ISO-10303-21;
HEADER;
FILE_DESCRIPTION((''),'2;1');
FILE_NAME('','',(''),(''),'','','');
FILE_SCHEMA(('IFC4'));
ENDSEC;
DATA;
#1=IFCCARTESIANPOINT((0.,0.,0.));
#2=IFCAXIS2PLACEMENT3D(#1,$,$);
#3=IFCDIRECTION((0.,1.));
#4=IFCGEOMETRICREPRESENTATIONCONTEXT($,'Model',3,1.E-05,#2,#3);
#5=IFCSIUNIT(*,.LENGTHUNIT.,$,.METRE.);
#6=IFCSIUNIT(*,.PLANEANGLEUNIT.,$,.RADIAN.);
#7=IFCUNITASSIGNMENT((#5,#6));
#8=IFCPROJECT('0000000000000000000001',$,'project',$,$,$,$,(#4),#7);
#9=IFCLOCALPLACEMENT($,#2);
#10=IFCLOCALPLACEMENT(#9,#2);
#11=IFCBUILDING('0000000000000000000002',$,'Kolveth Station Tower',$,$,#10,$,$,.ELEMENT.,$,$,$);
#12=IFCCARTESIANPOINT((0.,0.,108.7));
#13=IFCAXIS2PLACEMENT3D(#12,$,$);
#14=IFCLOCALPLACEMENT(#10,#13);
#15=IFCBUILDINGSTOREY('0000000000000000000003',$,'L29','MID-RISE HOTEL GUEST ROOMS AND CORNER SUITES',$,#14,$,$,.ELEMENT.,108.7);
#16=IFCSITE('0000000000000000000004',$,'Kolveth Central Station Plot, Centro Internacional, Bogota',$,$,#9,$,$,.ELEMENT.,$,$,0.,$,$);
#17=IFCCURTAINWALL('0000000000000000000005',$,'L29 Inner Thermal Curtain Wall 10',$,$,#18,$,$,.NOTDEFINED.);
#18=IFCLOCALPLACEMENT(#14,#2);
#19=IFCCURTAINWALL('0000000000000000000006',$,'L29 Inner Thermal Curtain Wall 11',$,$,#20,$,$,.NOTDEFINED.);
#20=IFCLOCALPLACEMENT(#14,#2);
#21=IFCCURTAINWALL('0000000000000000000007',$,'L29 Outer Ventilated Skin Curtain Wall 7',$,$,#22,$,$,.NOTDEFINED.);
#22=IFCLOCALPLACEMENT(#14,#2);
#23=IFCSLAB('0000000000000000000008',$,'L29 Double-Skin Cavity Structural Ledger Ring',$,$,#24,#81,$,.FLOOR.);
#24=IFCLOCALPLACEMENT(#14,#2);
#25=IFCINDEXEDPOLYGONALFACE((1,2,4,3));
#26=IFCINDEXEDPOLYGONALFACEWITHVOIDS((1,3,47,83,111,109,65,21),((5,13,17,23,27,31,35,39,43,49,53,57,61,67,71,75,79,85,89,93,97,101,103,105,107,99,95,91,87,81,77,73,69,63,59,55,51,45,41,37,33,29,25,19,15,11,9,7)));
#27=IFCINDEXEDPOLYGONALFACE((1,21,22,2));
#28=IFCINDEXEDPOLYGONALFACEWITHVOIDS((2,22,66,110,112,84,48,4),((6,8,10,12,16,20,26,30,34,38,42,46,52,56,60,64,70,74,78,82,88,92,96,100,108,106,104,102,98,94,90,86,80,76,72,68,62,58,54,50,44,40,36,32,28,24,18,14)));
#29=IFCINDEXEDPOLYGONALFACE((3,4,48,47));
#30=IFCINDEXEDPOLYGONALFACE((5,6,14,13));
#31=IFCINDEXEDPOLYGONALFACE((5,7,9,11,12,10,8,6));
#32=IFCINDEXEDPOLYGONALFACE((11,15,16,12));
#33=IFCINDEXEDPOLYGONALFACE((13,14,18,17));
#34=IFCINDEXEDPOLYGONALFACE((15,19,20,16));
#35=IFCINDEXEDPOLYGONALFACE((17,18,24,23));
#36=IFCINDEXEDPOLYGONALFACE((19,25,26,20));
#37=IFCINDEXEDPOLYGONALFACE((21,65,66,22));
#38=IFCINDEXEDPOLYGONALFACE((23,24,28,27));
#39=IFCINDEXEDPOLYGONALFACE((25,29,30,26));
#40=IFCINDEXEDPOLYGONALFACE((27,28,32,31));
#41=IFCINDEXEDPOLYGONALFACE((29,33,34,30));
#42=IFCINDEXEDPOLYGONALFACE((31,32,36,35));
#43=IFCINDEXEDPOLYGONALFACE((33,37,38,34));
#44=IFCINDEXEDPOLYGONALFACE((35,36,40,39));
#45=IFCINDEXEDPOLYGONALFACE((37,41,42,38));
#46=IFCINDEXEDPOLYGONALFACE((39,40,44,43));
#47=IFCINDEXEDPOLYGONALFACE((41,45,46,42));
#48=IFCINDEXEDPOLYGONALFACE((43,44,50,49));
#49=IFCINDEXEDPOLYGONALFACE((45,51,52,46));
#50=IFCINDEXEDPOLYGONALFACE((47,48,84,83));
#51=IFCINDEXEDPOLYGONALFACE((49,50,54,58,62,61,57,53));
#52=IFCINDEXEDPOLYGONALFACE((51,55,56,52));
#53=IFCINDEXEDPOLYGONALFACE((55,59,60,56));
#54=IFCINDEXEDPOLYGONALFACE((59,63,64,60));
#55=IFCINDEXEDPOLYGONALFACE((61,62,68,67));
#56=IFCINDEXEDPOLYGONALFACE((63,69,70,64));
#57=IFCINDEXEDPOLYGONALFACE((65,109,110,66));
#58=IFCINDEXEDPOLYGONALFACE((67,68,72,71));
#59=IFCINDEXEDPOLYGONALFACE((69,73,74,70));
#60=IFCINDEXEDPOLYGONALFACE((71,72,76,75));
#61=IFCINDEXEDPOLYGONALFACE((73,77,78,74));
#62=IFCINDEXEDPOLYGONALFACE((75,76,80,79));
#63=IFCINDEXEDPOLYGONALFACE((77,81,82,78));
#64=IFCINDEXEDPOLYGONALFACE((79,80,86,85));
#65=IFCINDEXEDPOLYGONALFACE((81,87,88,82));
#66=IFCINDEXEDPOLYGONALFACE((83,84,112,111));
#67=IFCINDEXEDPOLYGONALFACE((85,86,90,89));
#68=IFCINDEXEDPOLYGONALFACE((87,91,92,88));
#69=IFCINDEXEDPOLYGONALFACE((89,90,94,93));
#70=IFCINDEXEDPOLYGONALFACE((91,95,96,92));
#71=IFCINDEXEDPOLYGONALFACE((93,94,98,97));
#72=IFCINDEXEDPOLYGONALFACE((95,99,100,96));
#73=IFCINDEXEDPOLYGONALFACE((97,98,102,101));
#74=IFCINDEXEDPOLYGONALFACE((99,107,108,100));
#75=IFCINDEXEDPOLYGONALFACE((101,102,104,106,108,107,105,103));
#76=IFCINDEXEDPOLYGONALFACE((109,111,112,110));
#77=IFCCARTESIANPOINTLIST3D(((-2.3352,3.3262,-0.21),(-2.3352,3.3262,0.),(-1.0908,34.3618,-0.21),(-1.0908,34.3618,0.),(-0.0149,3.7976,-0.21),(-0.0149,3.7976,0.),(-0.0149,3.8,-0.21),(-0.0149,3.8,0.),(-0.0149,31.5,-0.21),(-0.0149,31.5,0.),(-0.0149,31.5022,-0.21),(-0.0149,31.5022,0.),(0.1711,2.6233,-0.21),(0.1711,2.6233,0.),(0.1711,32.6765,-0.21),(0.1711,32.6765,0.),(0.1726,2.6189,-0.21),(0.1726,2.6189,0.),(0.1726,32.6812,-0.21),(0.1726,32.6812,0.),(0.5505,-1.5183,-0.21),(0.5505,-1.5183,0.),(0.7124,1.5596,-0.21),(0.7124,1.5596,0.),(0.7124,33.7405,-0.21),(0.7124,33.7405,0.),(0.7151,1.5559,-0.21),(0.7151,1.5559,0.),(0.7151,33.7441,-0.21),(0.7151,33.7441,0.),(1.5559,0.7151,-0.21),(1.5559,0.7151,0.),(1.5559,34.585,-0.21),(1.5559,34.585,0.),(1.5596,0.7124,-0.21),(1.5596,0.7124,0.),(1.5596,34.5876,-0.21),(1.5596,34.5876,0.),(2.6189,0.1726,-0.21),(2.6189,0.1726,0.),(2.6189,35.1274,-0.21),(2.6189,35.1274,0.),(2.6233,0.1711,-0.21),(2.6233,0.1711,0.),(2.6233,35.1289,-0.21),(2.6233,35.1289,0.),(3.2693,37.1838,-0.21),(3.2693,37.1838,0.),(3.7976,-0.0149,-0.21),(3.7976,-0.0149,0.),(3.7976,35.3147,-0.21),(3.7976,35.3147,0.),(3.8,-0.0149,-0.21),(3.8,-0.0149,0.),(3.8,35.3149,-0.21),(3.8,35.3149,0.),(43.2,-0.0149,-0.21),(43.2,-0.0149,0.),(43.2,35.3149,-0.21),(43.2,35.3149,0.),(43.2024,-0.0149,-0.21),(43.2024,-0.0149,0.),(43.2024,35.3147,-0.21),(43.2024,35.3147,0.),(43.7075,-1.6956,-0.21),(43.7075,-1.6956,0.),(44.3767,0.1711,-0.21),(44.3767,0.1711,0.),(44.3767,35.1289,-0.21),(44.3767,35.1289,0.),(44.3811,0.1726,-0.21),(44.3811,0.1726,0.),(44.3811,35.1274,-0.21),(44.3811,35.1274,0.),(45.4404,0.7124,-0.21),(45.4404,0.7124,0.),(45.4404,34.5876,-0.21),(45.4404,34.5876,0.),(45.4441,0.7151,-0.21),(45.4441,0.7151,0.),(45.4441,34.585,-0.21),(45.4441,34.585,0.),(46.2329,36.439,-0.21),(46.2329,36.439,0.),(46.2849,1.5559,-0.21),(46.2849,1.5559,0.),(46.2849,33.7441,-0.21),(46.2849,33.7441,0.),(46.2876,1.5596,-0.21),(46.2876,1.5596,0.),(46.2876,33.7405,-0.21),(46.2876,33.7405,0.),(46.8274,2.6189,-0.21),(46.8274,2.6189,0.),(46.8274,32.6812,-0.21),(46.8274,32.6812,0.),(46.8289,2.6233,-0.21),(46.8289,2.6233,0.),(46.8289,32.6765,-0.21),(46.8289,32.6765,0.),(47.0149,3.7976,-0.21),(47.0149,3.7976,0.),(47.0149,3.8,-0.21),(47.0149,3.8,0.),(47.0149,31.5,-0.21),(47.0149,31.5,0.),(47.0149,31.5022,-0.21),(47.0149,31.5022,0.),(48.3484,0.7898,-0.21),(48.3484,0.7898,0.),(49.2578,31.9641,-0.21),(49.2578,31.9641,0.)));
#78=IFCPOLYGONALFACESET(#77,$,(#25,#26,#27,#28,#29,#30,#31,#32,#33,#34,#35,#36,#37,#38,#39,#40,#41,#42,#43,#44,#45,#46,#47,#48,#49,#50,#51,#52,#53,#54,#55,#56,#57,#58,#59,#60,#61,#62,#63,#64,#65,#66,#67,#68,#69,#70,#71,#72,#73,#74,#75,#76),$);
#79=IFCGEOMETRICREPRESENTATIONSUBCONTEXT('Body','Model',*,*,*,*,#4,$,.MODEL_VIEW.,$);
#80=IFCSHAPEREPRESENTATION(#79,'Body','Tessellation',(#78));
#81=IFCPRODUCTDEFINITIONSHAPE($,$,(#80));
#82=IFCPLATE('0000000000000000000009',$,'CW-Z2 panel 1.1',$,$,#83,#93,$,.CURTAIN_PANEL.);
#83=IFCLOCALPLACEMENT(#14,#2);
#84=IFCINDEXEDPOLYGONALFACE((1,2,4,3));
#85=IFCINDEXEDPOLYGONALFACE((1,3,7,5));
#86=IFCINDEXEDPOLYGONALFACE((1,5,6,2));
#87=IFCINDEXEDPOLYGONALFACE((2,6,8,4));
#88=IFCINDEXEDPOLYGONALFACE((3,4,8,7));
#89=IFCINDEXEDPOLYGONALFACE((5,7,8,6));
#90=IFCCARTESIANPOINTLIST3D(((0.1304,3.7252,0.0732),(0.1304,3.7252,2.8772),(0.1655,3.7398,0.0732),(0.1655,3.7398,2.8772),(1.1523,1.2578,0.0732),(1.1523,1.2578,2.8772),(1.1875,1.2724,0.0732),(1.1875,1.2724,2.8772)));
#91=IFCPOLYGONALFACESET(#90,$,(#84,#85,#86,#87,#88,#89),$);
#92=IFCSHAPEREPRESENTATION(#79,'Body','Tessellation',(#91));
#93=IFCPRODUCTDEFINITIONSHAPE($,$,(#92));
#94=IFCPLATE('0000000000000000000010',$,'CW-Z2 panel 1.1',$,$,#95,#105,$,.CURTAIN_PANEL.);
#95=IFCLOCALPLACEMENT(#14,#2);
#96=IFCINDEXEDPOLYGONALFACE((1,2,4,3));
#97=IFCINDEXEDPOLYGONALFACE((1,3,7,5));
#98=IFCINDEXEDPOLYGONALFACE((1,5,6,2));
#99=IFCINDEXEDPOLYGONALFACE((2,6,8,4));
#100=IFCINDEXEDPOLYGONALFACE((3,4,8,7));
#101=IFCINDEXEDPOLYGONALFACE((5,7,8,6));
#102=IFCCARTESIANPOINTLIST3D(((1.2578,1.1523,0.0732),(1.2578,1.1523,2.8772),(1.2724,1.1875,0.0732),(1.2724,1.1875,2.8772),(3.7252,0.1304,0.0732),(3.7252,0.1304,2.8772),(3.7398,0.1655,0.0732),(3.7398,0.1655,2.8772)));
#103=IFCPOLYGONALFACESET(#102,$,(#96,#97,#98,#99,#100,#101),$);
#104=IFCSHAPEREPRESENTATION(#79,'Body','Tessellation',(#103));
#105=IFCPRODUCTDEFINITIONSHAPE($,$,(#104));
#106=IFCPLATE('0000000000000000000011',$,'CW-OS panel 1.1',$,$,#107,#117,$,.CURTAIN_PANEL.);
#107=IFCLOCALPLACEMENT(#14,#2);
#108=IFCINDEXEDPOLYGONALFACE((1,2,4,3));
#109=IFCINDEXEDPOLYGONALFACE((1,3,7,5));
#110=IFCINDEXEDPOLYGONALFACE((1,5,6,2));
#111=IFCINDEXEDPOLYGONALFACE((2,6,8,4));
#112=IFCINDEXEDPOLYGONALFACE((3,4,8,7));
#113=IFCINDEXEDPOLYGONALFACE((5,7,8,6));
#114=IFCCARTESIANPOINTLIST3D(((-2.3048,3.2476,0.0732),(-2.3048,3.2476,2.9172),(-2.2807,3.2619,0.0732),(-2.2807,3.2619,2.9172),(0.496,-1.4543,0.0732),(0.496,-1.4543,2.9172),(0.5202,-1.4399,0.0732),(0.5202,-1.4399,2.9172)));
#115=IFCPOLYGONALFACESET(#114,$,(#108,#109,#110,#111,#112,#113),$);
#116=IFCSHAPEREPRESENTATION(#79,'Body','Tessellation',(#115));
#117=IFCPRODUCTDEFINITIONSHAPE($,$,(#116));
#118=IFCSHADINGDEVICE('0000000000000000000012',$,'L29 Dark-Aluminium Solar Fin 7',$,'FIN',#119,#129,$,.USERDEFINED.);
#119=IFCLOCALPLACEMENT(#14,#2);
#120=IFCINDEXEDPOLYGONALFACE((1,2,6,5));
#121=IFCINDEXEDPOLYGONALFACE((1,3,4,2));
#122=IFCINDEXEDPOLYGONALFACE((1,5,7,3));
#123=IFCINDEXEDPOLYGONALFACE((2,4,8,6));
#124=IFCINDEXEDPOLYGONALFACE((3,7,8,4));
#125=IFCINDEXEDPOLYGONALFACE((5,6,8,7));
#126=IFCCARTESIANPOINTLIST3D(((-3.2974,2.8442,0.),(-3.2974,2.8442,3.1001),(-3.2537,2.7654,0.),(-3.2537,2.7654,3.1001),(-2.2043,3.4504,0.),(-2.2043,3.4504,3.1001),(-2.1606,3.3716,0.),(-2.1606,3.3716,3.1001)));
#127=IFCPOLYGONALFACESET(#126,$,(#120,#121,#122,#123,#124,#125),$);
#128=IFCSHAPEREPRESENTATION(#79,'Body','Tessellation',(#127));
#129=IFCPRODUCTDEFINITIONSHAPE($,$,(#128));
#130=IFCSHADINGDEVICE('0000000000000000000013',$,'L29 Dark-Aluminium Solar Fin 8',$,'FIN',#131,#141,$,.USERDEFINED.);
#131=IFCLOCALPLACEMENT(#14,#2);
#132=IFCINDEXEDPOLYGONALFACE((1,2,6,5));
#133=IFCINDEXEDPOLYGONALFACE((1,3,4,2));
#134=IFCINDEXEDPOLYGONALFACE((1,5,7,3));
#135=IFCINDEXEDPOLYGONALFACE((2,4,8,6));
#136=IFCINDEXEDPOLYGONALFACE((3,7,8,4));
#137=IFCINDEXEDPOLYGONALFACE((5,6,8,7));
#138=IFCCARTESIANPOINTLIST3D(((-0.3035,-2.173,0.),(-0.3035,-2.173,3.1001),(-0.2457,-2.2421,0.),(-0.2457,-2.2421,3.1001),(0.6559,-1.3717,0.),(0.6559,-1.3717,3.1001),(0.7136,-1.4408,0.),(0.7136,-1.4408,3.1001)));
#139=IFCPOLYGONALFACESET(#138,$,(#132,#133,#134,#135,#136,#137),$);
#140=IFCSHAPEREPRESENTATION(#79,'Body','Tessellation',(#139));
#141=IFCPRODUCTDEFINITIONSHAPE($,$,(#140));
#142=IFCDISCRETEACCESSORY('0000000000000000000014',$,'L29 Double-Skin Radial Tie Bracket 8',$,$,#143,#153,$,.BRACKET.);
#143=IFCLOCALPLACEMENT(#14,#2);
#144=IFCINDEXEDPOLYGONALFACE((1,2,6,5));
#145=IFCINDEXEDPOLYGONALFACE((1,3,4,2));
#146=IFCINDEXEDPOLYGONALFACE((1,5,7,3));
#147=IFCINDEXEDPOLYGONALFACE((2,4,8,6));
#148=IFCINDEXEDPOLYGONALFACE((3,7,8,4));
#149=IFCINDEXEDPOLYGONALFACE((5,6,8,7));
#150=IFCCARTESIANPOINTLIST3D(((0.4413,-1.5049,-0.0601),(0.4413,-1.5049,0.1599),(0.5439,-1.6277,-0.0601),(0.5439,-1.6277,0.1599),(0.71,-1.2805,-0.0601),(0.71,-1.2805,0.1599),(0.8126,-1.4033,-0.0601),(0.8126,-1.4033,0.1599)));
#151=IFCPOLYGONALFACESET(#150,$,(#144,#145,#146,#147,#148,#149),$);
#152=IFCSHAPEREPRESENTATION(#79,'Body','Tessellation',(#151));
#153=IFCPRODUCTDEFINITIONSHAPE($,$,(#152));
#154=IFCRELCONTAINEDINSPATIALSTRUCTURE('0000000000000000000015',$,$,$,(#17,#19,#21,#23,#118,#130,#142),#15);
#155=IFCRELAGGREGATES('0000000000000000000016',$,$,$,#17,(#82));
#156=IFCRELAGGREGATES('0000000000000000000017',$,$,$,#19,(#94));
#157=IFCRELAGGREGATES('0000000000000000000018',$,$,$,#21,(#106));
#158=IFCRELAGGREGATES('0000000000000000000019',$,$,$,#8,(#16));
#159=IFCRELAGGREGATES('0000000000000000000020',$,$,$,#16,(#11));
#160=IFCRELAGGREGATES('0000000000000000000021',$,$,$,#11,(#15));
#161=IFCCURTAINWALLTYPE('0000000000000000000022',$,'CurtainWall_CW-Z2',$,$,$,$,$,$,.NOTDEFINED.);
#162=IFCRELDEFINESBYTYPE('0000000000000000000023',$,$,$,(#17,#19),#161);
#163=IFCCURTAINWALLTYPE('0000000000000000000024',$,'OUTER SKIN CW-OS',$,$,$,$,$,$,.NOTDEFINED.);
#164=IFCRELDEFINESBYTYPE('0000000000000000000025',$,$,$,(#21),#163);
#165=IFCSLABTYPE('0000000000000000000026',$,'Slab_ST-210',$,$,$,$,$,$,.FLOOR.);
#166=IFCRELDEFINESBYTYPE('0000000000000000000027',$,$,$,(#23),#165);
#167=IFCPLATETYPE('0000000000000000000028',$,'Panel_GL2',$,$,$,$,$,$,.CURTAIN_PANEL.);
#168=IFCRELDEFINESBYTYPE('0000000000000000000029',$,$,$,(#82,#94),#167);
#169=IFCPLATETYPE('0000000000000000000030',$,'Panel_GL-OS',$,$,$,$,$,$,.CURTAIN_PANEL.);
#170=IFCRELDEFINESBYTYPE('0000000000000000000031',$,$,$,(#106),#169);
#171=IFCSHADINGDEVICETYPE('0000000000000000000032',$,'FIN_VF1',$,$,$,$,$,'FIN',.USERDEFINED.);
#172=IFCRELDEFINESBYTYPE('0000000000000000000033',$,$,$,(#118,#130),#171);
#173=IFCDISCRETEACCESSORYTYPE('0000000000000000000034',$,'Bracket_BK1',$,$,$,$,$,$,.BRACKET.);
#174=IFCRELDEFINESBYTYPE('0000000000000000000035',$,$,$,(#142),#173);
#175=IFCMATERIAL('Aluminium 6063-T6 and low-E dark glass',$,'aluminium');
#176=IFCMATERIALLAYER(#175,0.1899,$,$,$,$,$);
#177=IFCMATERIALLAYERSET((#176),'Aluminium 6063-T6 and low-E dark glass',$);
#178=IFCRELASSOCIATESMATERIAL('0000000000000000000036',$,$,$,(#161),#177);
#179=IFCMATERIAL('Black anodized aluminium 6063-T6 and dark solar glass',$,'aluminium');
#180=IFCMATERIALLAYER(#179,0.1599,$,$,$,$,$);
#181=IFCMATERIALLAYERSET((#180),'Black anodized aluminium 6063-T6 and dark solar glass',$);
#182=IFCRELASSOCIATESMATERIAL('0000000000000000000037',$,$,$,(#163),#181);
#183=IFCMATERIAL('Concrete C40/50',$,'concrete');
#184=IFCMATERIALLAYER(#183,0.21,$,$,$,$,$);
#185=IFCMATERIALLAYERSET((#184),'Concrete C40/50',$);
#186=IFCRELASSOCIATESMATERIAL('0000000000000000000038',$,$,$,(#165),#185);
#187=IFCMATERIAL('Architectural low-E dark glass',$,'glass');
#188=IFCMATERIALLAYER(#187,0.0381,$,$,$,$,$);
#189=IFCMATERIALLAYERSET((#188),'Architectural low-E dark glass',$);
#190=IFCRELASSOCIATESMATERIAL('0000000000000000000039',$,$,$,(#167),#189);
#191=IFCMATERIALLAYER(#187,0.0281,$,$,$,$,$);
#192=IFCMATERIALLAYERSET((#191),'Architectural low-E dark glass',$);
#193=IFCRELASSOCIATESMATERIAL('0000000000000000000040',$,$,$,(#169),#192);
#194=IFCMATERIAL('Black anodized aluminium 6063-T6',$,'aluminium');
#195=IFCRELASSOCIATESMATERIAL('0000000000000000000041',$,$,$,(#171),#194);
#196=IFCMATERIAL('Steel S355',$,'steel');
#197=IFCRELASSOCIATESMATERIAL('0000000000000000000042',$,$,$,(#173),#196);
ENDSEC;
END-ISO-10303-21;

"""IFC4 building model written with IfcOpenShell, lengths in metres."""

from ifc_helpers import new_model, si_unit, direction, frame, origin, origin_2d, place, context, subcontext, project, spatial, polyline, rectangle, outline, extrude, source, transform, mapped, material, layer, layer_set, type_object, element, aggregate, save


model = new_model("IFC4")

# Units and contexts
model_context = context("Model", 3, precision=1e-05, world=origin(), true_north=direction((0.0, 1.0)))
body_context = subcontext(model_context, "Body", "Model", "MODEL_VIEW")
ifc_project = project(units=[si_unit("LENGTHUNIT", "METRE"), si_unit("PLANEANGLEUNIT", "RADIAN")], contexts=[model_context])

# Site, building, storey
site_placement = place(None, origin())
site = spatial("IfcSite", under=ifc_project, at=site_placement, Name="Kolveth Central Station Plot, Centro Internacional, Bogota", CompositionType="ELEMENT", RefElevation=0.0)
building_placement = place(site_placement, origin())
building = spatial("IfcBuilding", under=site, at=building_placement, Name="Kolveth Station Tower", CompositionType="ELEMENT")
storey_placement = place(building_placement, frame((0.0, 0.0, 108.7)))
storey = spatial("IfcBuildingStorey", under=building, at=storey_placement, Name="L29", Description="MID-RISE HOTEL GUEST ROOMS AND CORNER SUITES", CompositionType="ELEMENT", Elevation=108.7)

# Curtain wall
ifc_material_1 = material(Name="Aluminium 6063-T6 and low-E dark glass", Category="aluminium")
ifc_layer_1 = layer(ifc_material_1, 0.1899)
ifc_layer_set_1 = layer_set([ifc_layer_1], Name="Aluminium 6063-T6 and low-E dark glass")
curtain_wall_type_1 = type_object("IfcCurtainWallType", Name="CurtainWall_CW-Z2", PredefinedType="NOTDEFINED", material=ifc_layer_set_1)
curtain_wall_1_placement = place(storey_placement, origin())
curtain_wall_1 = element("IfcCurtainWall", 1, at=curtain_wall_1_placement, inside=storey, type_object=curtain_wall_type_1, Name="L29 Inner Thermal Curtain Wall 10", PredefinedType="NOTDEFINED")
ifc_material_2 = material(Name="Black anodized aluminium 6063-T6", Category="aluminium")

# Curtain wall
curtain_wall_2_placement = place(storey_placement, origin())
curtain_wall_2 = element("IfcCurtainWall", 2, at=curtain_wall_2_placement, inside=storey, type_object=curtain_wall_type_1, Name="L29 Inner Thermal Curtain Wall 11", PredefinedType="NOTDEFINED")

# Curtain wall
ifc_material_3 = material(Name="Black anodized aluminium 6063-T6 and dark solar glass", Category="aluminium")
ifc_layer_2 = layer(ifc_material_3, 0.1599)
ifc_layer_set_2 = layer_set([ifc_layer_2], Name="Black anodized aluminium 6063-T6 and dark solar glass")
curtain_wall_type_2 = type_object("IfcCurtainWallType", Name="OUTER SKIN CW-OS", PredefinedType="NOTDEFINED", material=ifc_layer_set_2)
curtain_wall_3_placement = place(storey_placement, origin())
curtain_wall_3 = element("IfcCurtainWall", 3, at=curtain_wall_3_placement, inside=storey, type_object=curtain_wall_type_2, Name="L29 Outer Ventilated Skin Curtain Wall 7", PredefinedType="NOTDEFINED")

# Shared definitions
ifc_material_4 = material(Name="Concrete C40/50", Category="concrete")

# Slab
ifc_layer_3 = layer(ifc_material_4, 0.21)
ifc_layer_set_3 = layer_set([ifc_layer_3], Name="Concrete C40/50")
slab_type_1 = type_object("IfcSlabType", Name="Slab_ST-210", PredefinedType="FLOOR", material=ifc_layer_set_3)
slab_1_placement = place(storey_placement, frame((0.0, 0.0, -0.21)))
element("IfcSlab", 4, at=slab_1_placement, inside=storey, type_object=slab_type_1, Name="L29 Double-Skin Cavity Structural Ledger Ring", PredefinedType="FLOOR", context=body_context, shape_type="SweptSolid", body=[
    extrude(outline(polyline([(0.5505, -1.5183), (-2.3352, 3.3262), (-1.0908, 34.3618), (3.2693, 37.1838), (46.2329, 36.439), (49.2578, 31.9641), (48.3484, 0.7898), (43.7075, -1.6956), (0.5505, -1.5183)]), holes=[polyline([(43.2024, -0.0149), (44.3767, 0.1711), (44.3811, 0.1726), (45.4404, 0.7124), (45.4441, 0.7151), (46.2849, 1.5559), (46.2876, 1.5596), (46.8274, 2.6189), (46.8289, 2.6233), (47.0149, 3.7976), (47.0149, 3.8), (47.0149, 31.5), (47.0149, 31.5022), (46.8289, 32.6765), (46.8274, 32.6812), (46.2876, 33.7405), (46.2849, 33.7441), (45.4441, 34.585), (45.4404, 34.5876), (44.3811, 35.1274), (44.3767, 35.1289), (43.2024, 35.3147), (43.2, 35.3149), (3.8, 35.3149), (3.7976, 35.3147), (2.6233, 35.1289), (2.6189, 35.1274), (1.5596, 34.5876), (1.5559, 34.585), (0.7151, 33.7441), (0.7124, 33.7405), (0.1726, 32.6812), (0.1711, 32.6765), (-0.0149, 31.5022), (-0.0149, 31.5), (-0.0149, 3.8), (-0.0149, 3.7976), (0.1711, 2.6233), (0.1726, 2.6189), (0.7124, 1.5596), (0.7151, 1.5559), (1.5559, 0.7151), (1.5596, 0.7124), (2.6189, 0.1726), (2.6233, 0.1711), (3.7976, -0.0149), (3.8, -0.0149), (43.2, -0.0149), (43.2024, -0.0149)])]), origin(), (0.0, 0.0, 1.0), 0.21),
])

# Plates
ifc_material_5 = material(Name="Architectural low-E dark glass", Category="glass")
ifc_layer_4 = layer(ifc_material_5, 0.0381)
ifc_layer_set_4 = layer_set([ifc_layer_4], Name="Architectural low-E dark glass")
plate_type_1 = type_object("IfcPlateType", Name="Panel_GL2", PredefinedType="CURTAIN_PANEL", material=ifc_layer_set_4)
shared_shape_1 = source(origin(), body_context, "Body", "SweptSolid", [
    extrude(rectangle(XDim=2.6707, YDim=0.0381, at=origin_2d()), origin(), (0.0, 0.0, 1.0), 2.804),
])
plate_1_placement = place(storey_placement, frame((0.6589, 2.4988, 0.0732), z_axis=(0.0, 0.0, 1.0), x_axis=(0.382663, -0.923888, 0.0)))
plate_1 = element("IfcPlate", 5, at=plate_1_placement, type_object=plate_type_1, Name="CW-Z2 panel 1.1", PredefinedType="CURTAIN_PANEL", context=body_context, shape_type="MappedRepresentation", body=[
    mapped(shared_shape_1, transform((0.0, 0.0, 0.0), x_axis=(1.0, 0.0, 0.0), y_axis=(0.0, 1.0, 0.0), z_axis=(0.0, 0.0, 1.0), scale=1.0)),
])
aggregate(curtain_wall_1, [plate_1])
plate_2_placement = place(storey_placement, frame((2.4988, 0.6589, 0.0732), z_axis=(0.0, 0.0, 1.0), x_axis=(0.923888, -0.382663, 0.0)))
plate_2 = element("IfcPlate", 6, at=plate_2_placement, type_object=plate_type_1, Name="CW-Z2 panel 1.1", PredefinedType="CURTAIN_PANEL", context=body_context, shape_type="MappedRepresentation", body=[
    mapped(shared_shape_1, transform((0.0, 0.0, 0.0), x_axis=(1.0, 0.0, 0.0), y_axis=(0.0, 1.0, 0.0), z_axis=(0.0, 0.0, 1.0), scale=1.0)),
])
aggregate(curtain_wall_2, [plate_2])
ifc_layer_5 = layer(ifc_material_5, 0.0281)
ifc_layer_set_5 = layer_set([ifc_layer_5], Name="Architectural low-E dark glass")
plate_type_2 = type_object("IfcPlateType", Name="Panel_GL-OS", PredefinedType="CURTAIN_PANEL", material=ifc_layer_set_5)
shared_shape_2 = source(origin(), body_context, "Body", "SweptSolid", [
    extrude(rectangle(XDim=5.4729, YDim=0.0281, at=origin_2d()), origin(), (0.0, 0.0, 1.0), 2.844),
])
plate_3_placement = place(storey_placement, frame((-0.8923, 0.9038, 0.0732), z_axis=(0.0, 0.0, 1.0), x_axis=(0.511773, -0.859121, 0.0)))
plate_3 = element("IfcPlate", 7, at=plate_3_placement, type_object=plate_type_2, Name="CW-OS panel 1.1", PredefinedType="CURTAIN_PANEL", context=body_context, shape_type="MappedRepresentation", body=[
    mapped(shared_shape_2, transform((0.0, 0.0, 0.0), x_axis=(1.0, 0.0, 0.0), y_axis=(0.0, 1.0, 0.0), z_axis=(0.0, 0.0, 1.0), scale=1.0)),
])
aggregate(curtain_wall_3, [plate_3])

# Shading devices
shading_device_type = type_object("IfcShadingDeviceType", Name="FIN_VF1", ElementType="FIN", PredefinedType="USERDEFINED", material=ifc_material_2)
shared_shape_3 = source(origin(), body_context, "Body", "SweptSolid", [
    extrude(rectangle(XDim=1.25, YDim=0.0901, at=origin_2d()), origin(), (0.0, 0.0, 1.0), 3.1001),
])
for number, where, z_axis, x_axis, name in (
    (8, (-2.729, 3.1079, 0.0), (0.0, 0.0, 1.0), (-0.874535, -0.484962, 0.0), "L29 Dark-Aluminium Solar Fin 7"),
    (9, (0.2051, -1.8069, 0.0), (0.0, 0.0, 1.0), (-0.767501, -0.641048, 0.0), "L29 Dark-Aluminium Solar Fin 8"),
):
    element("IfcShadingDevice", number, at=place(storey_placement, frame(where, z_axis=z_axis, x_axis=x_axis)), inside=storey, type_object=shading_device_type, Name=name, ObjectType="FIN", PredefinedType="USERDEFINED", context=body_context, shape_type="MappedRepresentation", body=[
        mapped(shared_shape_3, transform((0.0, 0.0, 0.0), x_axis=(1.0, 0.0, 0.0), y_axis=(0.0, 1.0, 0.0), z_axis=(0.0, 0.0, 1.0), scale=1.0)),
    ])

# Discrete accessory
ifc_material_6 = material(Name="Steel S355", Category="steel")
discrete_accessory_type = type_object("IfcDiscreteAccessoryType", Name="Bracket_BK1", PredefinedType="BRACKET", material=ifc_material_6)
shared_shape_4 = source(origin(), body_context, "Body", "SweptSolid", [
    extrude(rectangle(XDim=0.3501, YDim=0.1599, at=origin_2d()), origin(), (0.0, 0.0, 1.0), 0.22),
])
discrete_accessory_placement = place(storey_placement, frame((0.627, -1.4541, -0.0601), z_axis=(0.0, 0.0, 1.0), x_axis=(-0.767501, -0.641048, 0.0)))
element("IfcDiscreteAccessory", 10, at=discrete_accessory_placement, inside=storey, type_object=discrete_accessory_type, Name="L29 Double-Skin Radial Tie Bracket 8", PredefinedType="BRACKET", context=body_context, shape_type="MappedRepresentation", body=[
    mapped(shared_shape_4, transform((0.0, 0.0, 0.0), x_axis=(1.0, 0.0, 0.0), y_axis=(0.0, 1.0, 0.0), z_axis=(0.0, 0.0, 1.0), scale=1.0)),
])

save(model, "model.ifc")
